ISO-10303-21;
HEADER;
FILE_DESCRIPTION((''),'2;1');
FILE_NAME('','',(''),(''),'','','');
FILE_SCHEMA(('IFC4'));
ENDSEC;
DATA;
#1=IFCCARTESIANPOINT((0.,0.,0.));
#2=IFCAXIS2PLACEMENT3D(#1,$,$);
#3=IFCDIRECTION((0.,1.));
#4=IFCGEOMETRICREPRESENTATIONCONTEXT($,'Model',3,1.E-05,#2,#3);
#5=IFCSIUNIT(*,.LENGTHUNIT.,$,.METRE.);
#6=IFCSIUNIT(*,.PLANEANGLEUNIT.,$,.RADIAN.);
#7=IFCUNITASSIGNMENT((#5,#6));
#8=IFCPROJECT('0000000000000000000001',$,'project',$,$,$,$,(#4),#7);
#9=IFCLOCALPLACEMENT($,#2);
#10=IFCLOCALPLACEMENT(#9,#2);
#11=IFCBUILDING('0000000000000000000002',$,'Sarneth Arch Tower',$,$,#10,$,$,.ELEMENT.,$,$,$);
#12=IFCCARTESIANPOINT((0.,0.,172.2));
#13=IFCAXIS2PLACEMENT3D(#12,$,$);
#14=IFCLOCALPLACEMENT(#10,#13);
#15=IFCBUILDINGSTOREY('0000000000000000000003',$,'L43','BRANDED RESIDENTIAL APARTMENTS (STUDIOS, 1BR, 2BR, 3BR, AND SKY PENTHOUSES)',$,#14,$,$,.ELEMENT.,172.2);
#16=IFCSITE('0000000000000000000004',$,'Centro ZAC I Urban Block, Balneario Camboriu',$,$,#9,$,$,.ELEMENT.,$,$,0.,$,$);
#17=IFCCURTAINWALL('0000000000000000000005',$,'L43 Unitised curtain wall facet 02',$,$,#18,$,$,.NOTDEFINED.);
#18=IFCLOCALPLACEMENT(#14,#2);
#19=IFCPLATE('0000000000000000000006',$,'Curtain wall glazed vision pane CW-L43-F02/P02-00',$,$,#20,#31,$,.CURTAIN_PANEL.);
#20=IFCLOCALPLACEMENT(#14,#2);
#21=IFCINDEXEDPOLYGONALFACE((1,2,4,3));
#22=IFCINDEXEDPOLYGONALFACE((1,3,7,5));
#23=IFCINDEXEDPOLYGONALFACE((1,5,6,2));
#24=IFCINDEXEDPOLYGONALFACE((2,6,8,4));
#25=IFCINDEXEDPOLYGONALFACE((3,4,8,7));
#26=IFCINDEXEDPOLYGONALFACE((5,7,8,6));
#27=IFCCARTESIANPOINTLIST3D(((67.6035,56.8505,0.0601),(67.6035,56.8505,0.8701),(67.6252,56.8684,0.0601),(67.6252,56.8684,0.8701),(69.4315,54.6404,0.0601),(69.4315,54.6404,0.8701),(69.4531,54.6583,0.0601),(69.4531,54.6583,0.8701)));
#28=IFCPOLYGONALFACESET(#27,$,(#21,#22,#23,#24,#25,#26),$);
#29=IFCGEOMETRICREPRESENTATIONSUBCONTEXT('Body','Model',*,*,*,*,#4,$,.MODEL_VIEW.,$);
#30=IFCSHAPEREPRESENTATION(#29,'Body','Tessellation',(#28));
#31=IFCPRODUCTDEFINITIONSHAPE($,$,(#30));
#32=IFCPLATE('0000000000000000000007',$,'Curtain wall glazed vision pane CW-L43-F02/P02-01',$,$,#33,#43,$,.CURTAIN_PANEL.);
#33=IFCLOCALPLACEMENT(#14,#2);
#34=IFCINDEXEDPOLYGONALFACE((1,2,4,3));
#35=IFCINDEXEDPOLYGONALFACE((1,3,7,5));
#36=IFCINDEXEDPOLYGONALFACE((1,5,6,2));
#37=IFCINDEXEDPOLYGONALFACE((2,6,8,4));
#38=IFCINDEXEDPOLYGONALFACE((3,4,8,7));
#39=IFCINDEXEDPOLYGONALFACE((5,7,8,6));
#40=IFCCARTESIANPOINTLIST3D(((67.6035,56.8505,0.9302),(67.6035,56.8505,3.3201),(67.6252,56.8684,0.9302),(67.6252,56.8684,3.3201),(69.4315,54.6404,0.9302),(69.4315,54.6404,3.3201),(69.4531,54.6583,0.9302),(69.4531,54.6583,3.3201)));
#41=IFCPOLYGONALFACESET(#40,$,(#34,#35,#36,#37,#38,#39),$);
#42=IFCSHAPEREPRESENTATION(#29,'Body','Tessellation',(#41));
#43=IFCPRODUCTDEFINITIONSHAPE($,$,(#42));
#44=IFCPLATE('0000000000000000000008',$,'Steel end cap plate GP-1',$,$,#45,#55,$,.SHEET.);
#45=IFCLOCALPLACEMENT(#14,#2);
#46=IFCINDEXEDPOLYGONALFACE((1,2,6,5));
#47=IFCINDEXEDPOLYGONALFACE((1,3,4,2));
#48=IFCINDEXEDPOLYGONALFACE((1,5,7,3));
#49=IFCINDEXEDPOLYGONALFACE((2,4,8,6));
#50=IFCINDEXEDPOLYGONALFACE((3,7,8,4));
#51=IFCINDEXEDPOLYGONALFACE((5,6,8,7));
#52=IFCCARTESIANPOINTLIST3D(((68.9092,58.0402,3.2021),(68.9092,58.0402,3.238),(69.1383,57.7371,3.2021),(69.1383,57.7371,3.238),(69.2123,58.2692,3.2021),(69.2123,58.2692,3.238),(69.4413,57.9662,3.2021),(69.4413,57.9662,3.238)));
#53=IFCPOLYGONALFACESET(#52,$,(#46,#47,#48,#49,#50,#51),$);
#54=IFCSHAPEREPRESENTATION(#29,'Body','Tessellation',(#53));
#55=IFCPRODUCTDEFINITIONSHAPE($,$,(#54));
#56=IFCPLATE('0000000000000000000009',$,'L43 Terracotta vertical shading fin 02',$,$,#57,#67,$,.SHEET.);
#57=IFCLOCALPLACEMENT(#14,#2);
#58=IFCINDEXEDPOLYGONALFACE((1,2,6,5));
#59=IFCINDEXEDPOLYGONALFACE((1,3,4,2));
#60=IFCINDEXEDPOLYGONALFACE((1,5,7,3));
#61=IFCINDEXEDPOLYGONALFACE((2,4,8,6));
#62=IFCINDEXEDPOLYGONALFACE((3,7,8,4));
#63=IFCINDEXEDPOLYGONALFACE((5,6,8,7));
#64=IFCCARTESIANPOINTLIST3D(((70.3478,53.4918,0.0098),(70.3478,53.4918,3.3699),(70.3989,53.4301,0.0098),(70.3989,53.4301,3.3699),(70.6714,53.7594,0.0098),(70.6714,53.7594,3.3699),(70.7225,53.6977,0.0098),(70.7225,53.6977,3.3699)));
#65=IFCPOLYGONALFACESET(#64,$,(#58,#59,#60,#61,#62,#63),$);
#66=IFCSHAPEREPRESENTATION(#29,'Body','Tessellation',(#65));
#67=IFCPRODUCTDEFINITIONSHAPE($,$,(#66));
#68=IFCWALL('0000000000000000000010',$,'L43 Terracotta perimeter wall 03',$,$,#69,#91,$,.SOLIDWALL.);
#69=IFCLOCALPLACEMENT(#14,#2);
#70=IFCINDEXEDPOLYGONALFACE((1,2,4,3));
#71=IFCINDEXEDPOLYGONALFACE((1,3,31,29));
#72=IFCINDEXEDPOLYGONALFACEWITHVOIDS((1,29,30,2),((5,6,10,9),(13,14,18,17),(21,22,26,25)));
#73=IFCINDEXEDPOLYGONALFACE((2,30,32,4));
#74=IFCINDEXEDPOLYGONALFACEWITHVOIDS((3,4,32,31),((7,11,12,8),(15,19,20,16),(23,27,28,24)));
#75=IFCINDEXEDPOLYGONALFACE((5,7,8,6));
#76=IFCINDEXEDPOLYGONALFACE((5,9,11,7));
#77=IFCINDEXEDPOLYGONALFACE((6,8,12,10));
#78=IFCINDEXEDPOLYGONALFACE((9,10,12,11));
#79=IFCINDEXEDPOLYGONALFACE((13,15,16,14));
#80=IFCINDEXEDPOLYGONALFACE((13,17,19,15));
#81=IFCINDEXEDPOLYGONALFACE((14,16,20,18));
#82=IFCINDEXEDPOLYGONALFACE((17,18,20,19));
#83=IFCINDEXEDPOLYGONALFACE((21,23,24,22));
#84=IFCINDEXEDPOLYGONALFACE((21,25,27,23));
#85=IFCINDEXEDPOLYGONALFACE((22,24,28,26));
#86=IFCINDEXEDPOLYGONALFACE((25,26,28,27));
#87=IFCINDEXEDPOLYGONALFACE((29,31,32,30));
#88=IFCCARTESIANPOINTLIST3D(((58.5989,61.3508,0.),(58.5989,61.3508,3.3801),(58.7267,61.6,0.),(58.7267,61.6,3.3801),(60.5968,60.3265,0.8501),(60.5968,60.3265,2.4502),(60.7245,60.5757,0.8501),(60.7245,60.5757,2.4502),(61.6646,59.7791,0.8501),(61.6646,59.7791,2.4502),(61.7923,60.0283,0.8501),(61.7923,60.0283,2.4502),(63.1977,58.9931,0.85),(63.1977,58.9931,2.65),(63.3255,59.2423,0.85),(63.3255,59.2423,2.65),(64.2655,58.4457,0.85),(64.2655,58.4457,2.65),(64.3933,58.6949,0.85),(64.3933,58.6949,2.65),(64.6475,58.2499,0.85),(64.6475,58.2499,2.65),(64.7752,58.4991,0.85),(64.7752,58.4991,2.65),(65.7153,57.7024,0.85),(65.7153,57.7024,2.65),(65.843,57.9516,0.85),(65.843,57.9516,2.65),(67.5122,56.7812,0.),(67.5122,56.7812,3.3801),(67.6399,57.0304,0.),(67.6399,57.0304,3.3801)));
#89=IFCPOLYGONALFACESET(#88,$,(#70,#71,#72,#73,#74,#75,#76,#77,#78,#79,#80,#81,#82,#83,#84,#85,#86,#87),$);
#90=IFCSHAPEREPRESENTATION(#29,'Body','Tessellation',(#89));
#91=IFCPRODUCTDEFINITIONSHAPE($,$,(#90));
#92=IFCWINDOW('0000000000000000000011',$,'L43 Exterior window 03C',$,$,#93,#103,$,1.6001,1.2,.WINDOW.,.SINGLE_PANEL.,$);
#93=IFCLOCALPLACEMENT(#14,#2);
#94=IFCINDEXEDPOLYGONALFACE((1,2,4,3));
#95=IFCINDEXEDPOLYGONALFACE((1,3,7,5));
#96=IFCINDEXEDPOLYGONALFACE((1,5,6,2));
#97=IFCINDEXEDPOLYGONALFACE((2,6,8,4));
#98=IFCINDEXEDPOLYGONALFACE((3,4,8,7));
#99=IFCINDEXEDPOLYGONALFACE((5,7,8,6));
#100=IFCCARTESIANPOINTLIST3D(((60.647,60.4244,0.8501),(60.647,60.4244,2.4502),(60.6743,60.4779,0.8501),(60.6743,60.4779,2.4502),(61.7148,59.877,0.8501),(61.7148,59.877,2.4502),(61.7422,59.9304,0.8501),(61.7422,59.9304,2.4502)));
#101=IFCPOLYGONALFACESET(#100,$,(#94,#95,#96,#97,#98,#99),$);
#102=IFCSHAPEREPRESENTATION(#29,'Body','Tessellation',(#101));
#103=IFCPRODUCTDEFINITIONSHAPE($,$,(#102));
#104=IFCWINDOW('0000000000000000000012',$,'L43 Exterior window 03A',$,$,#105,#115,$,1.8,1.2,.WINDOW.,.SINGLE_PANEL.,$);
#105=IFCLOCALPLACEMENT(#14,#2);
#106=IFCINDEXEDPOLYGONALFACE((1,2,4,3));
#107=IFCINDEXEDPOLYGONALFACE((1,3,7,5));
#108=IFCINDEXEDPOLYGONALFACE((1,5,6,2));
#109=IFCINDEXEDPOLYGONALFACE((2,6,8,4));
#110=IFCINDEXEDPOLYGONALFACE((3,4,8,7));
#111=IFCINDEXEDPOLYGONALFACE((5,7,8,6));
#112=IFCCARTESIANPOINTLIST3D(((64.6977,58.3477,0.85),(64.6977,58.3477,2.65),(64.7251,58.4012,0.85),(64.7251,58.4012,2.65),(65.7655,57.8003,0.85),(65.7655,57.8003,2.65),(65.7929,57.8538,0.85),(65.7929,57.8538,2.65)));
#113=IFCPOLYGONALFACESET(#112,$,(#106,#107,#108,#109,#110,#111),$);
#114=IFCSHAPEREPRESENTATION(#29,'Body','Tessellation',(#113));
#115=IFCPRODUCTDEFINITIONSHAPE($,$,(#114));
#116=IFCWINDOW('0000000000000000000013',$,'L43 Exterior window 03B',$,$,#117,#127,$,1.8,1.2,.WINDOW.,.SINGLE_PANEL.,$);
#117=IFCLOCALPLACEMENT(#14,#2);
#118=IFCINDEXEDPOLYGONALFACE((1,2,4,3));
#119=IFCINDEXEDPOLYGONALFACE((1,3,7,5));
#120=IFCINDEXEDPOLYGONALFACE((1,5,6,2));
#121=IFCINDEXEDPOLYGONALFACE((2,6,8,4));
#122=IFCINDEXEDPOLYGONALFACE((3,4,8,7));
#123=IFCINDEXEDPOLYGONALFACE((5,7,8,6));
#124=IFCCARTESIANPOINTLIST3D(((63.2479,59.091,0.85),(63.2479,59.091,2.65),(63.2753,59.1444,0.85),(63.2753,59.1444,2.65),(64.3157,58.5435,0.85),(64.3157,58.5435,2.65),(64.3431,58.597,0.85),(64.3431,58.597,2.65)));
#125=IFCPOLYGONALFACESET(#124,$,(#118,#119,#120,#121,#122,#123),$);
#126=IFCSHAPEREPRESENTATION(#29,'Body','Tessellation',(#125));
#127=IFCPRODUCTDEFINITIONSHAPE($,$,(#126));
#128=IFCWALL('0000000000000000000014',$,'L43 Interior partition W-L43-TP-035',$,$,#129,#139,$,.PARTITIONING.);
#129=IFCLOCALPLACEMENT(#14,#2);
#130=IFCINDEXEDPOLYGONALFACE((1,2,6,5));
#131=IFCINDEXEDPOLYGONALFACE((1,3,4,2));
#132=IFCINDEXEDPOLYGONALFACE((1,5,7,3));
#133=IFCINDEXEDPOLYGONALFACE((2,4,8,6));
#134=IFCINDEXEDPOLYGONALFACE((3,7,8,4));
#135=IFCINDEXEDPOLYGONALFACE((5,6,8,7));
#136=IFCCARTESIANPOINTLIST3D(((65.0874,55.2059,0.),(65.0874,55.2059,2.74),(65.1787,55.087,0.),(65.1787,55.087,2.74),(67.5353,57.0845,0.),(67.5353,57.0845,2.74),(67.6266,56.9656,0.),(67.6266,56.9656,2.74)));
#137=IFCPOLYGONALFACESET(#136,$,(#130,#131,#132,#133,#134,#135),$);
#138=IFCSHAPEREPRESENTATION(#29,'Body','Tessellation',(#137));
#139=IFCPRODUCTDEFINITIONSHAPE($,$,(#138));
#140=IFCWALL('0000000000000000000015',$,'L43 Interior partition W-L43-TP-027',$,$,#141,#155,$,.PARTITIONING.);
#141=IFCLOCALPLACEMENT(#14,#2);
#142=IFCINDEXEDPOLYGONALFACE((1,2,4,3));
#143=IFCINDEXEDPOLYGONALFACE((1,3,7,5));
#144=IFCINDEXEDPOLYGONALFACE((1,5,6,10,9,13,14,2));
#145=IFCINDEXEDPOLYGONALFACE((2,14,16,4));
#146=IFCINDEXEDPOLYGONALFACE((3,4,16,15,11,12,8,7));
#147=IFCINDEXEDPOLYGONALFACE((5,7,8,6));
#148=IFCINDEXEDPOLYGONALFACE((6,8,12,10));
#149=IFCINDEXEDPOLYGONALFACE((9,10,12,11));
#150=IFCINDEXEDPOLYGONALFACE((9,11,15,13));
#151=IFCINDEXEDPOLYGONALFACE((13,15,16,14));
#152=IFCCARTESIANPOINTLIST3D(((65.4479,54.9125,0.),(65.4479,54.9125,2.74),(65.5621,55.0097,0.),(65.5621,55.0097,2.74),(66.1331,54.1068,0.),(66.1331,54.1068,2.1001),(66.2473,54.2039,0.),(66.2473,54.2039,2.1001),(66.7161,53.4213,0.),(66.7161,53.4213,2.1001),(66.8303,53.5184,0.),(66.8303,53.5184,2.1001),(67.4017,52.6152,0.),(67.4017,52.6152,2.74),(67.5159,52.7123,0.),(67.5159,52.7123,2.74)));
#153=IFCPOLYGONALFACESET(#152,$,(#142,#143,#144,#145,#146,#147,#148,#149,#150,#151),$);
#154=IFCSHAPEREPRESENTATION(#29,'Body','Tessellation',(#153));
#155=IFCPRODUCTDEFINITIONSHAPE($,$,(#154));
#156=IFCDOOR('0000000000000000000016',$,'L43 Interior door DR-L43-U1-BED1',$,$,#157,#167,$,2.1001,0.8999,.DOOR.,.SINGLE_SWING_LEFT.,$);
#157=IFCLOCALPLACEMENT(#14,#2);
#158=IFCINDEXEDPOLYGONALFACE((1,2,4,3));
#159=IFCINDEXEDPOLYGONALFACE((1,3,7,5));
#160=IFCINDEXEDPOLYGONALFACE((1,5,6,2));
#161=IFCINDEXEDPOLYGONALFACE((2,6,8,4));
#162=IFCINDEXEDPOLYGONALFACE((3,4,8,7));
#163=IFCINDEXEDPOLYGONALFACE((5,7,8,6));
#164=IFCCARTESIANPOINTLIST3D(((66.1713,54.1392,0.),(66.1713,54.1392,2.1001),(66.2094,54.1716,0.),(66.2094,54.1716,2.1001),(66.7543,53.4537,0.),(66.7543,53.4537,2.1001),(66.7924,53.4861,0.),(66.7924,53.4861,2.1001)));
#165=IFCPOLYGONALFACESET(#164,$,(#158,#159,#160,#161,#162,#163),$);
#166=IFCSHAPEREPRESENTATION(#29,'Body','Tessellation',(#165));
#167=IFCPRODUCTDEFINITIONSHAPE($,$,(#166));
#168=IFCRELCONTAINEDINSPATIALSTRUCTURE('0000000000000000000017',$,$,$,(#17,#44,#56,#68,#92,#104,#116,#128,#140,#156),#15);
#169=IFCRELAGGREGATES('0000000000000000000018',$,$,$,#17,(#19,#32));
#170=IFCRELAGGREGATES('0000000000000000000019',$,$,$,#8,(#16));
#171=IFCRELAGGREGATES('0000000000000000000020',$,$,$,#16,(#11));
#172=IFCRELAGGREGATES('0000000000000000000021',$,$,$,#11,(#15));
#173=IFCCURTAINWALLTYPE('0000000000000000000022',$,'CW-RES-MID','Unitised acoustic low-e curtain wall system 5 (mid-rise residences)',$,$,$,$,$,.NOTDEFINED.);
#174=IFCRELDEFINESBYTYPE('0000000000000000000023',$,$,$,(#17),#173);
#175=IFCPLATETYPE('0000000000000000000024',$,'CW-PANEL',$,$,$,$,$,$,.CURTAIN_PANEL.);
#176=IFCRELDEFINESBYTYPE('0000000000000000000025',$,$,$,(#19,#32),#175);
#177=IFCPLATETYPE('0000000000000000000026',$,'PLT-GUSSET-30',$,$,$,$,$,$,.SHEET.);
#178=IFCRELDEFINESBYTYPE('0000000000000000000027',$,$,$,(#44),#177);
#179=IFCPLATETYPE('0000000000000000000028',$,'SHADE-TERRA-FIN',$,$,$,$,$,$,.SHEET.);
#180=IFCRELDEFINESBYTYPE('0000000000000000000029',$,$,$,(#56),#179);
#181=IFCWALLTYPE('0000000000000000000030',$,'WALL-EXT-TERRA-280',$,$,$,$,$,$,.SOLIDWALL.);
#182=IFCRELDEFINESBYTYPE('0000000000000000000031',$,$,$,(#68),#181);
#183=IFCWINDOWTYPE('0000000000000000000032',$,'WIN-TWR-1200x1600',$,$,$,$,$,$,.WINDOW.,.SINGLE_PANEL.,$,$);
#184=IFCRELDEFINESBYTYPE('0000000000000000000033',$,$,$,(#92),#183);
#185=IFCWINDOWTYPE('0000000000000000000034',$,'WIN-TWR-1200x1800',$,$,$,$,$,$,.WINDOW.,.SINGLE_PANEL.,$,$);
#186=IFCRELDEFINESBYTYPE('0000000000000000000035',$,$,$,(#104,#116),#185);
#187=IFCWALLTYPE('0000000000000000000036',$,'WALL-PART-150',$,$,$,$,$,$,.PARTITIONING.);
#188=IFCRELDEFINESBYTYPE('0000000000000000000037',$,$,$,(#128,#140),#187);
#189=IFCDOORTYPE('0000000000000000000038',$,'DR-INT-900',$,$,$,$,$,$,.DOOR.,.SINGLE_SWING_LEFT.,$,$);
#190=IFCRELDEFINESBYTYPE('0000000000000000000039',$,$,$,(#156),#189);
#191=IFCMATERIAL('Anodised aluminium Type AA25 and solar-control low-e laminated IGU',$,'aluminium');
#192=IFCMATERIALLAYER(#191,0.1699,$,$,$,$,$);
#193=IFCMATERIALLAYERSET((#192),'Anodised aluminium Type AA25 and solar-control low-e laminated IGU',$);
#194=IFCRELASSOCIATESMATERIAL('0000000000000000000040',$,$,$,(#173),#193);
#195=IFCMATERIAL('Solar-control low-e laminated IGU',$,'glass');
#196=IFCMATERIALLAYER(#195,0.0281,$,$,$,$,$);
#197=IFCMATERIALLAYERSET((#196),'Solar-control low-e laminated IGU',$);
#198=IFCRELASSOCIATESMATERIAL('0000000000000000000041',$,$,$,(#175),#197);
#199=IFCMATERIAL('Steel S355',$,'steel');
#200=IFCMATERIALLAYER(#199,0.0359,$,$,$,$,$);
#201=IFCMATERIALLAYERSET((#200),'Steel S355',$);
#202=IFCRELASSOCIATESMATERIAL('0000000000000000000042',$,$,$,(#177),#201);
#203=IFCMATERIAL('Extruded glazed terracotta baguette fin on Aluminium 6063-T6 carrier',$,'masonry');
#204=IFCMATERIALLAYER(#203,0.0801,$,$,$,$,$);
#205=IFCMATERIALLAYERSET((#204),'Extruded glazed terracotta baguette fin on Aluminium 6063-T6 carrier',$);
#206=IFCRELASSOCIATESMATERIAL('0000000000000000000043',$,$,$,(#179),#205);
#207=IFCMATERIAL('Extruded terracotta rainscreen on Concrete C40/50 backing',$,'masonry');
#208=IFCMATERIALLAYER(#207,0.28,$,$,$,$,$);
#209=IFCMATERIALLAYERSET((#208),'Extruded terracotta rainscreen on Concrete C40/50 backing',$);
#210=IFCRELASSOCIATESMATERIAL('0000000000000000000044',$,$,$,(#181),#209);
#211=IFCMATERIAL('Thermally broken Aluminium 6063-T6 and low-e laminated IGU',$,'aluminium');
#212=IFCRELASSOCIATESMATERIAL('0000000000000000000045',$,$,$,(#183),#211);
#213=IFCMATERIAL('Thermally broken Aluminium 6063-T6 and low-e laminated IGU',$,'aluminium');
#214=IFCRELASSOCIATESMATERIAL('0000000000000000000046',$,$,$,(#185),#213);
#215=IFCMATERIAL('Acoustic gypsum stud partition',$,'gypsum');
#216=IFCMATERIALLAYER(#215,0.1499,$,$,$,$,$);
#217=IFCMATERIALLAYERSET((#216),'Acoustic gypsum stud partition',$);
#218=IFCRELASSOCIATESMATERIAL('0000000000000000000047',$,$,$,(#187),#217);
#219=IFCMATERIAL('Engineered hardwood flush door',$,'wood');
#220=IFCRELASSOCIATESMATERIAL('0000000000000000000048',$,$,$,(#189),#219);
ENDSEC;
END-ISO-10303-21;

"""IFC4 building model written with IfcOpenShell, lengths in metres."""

from ifc_helpers import new_model, si_unit, direction, frame, frame_2d, origin, origin_2d, place, context, subcontext, project, spatial, rectangle, extrude, material, layer, layer_set, type_object, element, fill, aggregate, save


model = new_model("IFC4")

# Units and contexts
model_context = context("Model", 3, precision=1e-05, world=origin(), true_north=direction((0.0, 1.0)))
body_context = subcontext(model_context, "Body", "Model", "MODEL_VIEW")
ifc_project = project(units=[si_unit("LENGTHUNIT", "METRE"), si_unit("PLANEANGLEUNIT", "RADIAN")], contexts=[model_context])

# Site, building, storey
site_placement = place(None, origin())
site = spatial("IfcSite", under=ifc_project, at=site_placement, Name="Centro ZAC I Urban Block, Balneario Camboriu", CompositionType="ELEMENT", RefElevation=0.0)
building_placement = place(site_placement, origin())
building = spatial("IfcBuilding", under=site, at=building_placement, Name="Sarneth Arch Tower", CompositionType="ELEMENT")
storey_placement = place(building_placement, frame((0.0, 0.0, 172.2)))
storey = spatial("IfcBuildingStorey", under=building, at=storey_placement, Name="L43", Description="BRANDED RESIDENTIAL APARTMENTS (STUDIOS, 1BR, 2BR, 3BR, AND SKY PENTHOUSES)", CompositionType="ELEMENT", Elevation=172.2)

# Curtain wall
ifc_material_1 = material(Name="Anodised aluminium Type AA25 and solar-control low-e laminated IGU", Category="aluminium")
ifc_layer_1 = layer(ifc_material_1, 0.1699)
ifc_layer_set_1 = layer_set([ifc_layer_1], Name="Anodised aluminium Type AA25 and solar-control low-e laminated IGU")
curtain_wall_type = type_object("IfcCurtainWallType", Name="CW-RES-MID", Description="Unitised acoustic low-e curtain wall system 5 (mid-rise residences)", PredefinedType="NOTDEFINED", material=ifc_layer_set_1)
curtain_wall_placement = place(storey_placement, origin())
curtain_wall = element("IfcCurtainWall", 1, at=curtain_wall_placement, inside=storey, type_object=curtain_wall_type, Name="L43 Unitised curtain wall facet 02", PredefinedType="NOTDEFINED")

# Plates
ifc_material_2 = material(Name="Solar-control low-e laminated IGU", Category="glass")
ifc_layer_2 = layer(ifc_material_2, 0.0281)
ifc_layer_set_2 = layer_set([ifc_layer_2], Name="Solar-control low-e laminated IGU")
plate_type_1 = type_object("IfcPlateType", Name="CW-PANEL", PredefinedType="CURTAIN_PANEL", material=ifc_layer_set_2)
plate_1_placement = place(storey_placement, frame((68.5283, 55.7544, 0.0601), z_axis=(0.0, 0.0, 1.0), x_axis=(-0.63733, 0.770591, 0.0)))
plate_1 = element("IfcPlate", 2, at=plate_1_placement, type_object=plate_type_1, Name="Curtain wall glazed vision pane CW-L43-F02/P02-00", PredefinedType="CURTAIN_PANEL", context=body_context, shape_type="SweptSolid", body=[
    extrude(rectangle(XDim=2.8682, YDim=0.0281, at=origin_2d()), origin(), (0.0, 0.0, 1.0), 0.8101),
])
plate_2_placement = place(storey_placement, frame((68.5283, 55.7544, 0.9302), z_axis=(0.0, 0.0, 1.0), x_axis=(-0.63733, 0.770591, 0.0)))
plate_2 = element("IfcPlate", 3, at=plate_2_placement, type_object=plate_type_1, Name="Curtain wall glazed vision pane CW-L43-F02/P02-01", PredefinedType="CURTAIN_PANEL", context=body_context, shape_type="SweptSolid", body=[
    extrude(rectangle(XDim=2.8682, YDim=0.0281, at=origin_2d()), origin(), (0.0, 0.0, 1.0), 2.3899),
])
aggregate(curtain_wall, [plate_1, plate_2])

# Plates
ifc_material_3 = material(Name="Steel S355", Category="steel")
ifc_layer_3 = layer(ifc_material_3, 0.0359)
ifc_layer_set_3 = layer_set([ifc_layer_3], Name="Steel S355")
plate_type_2 = type_object("IfcPlateType", Name="PLT-GUSSET-30", PredefinedType="SHEET", material=ifc_layer_set_3)
plate_3_placement = place(storey_placement, frame((69.1753, 58.0032, 3.2021), z_axis=(0.0, 0.0, 1.0), x_axis=(0.797794, 0.60293, 0.0)))
element("IfcPlate", 4, at=plate_3_placement, inside=storey, type_object=plate_type_2, Name="Steel end cap plate GP-1", PredefinedType="SHEET", context=body_context, shape_type="SweptSolid", body=[
    extrude(rectangle(XDim=0.3799, YDim=0.3799, at=origin_2d()), origin(), (0.0, 0.0, 1.0), 0.0359),
])
ifc_material_4 = material(Name="Extruded glazed terracotta baguette fin on Aluminium 6063-T6 carrier", Category="masonry")
ifc_layer_4 = layer(ifc_material_4, 0.0801)
ifc_layer_set_4 = layer_set([ifc_layer_4], Name="Extruded glazed terracotta baguette fin on Aluminium 6063-T6 carrier")
plate_type_3 = type_object("IfcPlateType", Name="SHADE-TERRA-FIN", PredefinedType="SHEET", material=ifc_layer_set_4)
plate_4_placement = place(storey_placement, frame((70.5352, 53.5947, 0.0098), z_axis=(0.0, 0.0, 1.0), x_axis=(0.770624, 0.63729, 0.0)))
element("IfcPlate", 5, at=plate_4_placement, inside=storey, type_object=plate_type_3, Name="L43 Terracotta vertical shading fin 02", PredefinedType="SHEET", context=body_context, shape_type="SweptSolid", body=[
    extrude(rectangle(XDim=0.4199, YDim=0.0801, at=origin_2d()), origin(), (0.0, 0.0, 1.0), 3.3601),
])

# Wall, openings, windows
ifc_material_5 = material(Name="Extruded terracotta rainscreen on Concrete C40/50 backing", Category="masonry")
ifc_layer_5 = layer(ifc_material_5, 0.28)
ifc_layer_set_5 = layer_set([ifc_layer_5], Name="Extruded terracotta rainscreen on Concrete C40/50 backing")
wall_type_1 = type_object("IfcWallType", Name="WALL-EXT-TERRA-280", PredefinedType="SOLIDWALL", material=ifc_layer_set_5)
wall_1_placement = place(storey_placement, frame((67.5762, 56.9058, 0.0), z_axis=(0.0, 0.0, 1.0), x_axis=(-0.889873, 0.456209, 0.0)))
wall_1 = element("IfcWall", 6, at=wall_1_placement, inside=storey, type_object=wall_type_1, Name="L43 Terracotta perimeter wall 03", PredefinedType="SOLIDWALL", context=body_context, shape_type="SweptSolid", body=[
    extrude(rectangle(XDim=10.0164, YDim=0.28, at=frame_2d((5.0083, 0.0))), origin(), (0.0, 0.0, 1.0), 3.3801),
])
opening_1_placement = place(wall_1_placement, frame((2.0193, 0.0, 0.8501)))
opening_1 = element("IfcOpeningElement", 7, at=opening_1_placement, cuts=wall_1, PredefinedType="OPENING", context=body_context, shape_type="SweptSolid", body=[
    extrude(rectangle(XDim=1.2, YDim=1.8, at=frame_2d((0.6001, 0.8999))), frame((0.0, 0.1499, 0.0), z_axis=(0.0, -1.0, 0.0), x_axis=(1.0, 0.0, 0.0)), (0.0, 0.0, 1.0), 0.3),
])
opening_2_placement = place(wall_1_placement, frame((3.6484, 0.0, 0.8501)))
opening_2 = element("IfcOpeningElement", 8, at=opening_2_placement, cuts=wall_1, PredefinedType="OPENING", context=body_context, shape_type="SweptSolid", body=[
    extrude(rectangle(XDim=1.2, YDim=1.8, at=frame_2d((0.6001, 0.8999))), frame((0.0, 0.1499, 0.0), z_axis=(0.0, -1.0, 0.0), x_axis=(1.0, 0.0, 0.0)), (0.0, 0.0, 1.0), 0.3),
])
opening_3_placement = place(wall_1_placement, frame((6.5713, 0.0, 0.8501)))
opening_3 = element("IfcOpeningElement", 9, at=opening_3_placement, cuts=wall_1, PredefinedType="OPENING", context=body_context, shape_type="SweptSolid", body=[
    extrude(rectangle(XDim=1.2, YDim=1.6001, at=frame_2d((0.6001, 0.8))), frame((0.0, 0.1499, 0.0), z_axis=(0.0, -1.0, 0.0), x_axis=(1.0, 0.0, 0.0)), (0.0, 0.0, 1.0), 0.3),
])
ifc_material_6 = material(Name="Thermally broken Aluminium 6063-T6 and low-e laminated IGU", Category="aluminium")
window_type_1 = type_object("IfcWindowType", Name="WIN-TWR-1200x1600", PartitioningType="SINGLE_PANEL", PredefinedType="WINDOW", material=ifc_material_6)
window_1_placement = place(opening_3_placement, origin())
window_1 = element("IfcWindow", 10, at=window_1_placement, inside=storey, type_object=window_type_1, Name="L43 Exterior window 03C", OverallHeight=1.6001, OverallWidth=1.2, PartitioningType="SINGLE_PANEL", PredefinedType="WINDOW", context=body_context, shape_type="SweptSolid", body=[
    extrude(rectangle(XDim=1.2, YDim=1.6001, at=frame_2d((0.6001, 0.8))), frame((0.0, 0.03, 0.0), z_axis=(0.0, -1.0, 0.0), x_axis=(1.0, 0.0, 0.0)), (0.0, 0.0, 1.0), 0.0601),
])
fill(opening_3, window_1)
ifc_material_7 = material(Name="Thermally broken Aluminium 6063-T6 and low-e laminated IGU", Category="aluminium")
window_type_2 = type_object("IfcWindowType", Name="WIN-TWR-1200x1800", PartitioningType="SINGLE_PANEL", PredefinedType="WINDOW", material=ifc_material_7)
window_2_placement = place(opening_1_placement, origin())
window_2 = element("IfcWindow", 11, at=window_2_placement, inside=storey, type_object=window_type_2, Name="L43 Exterior window 03A", OverallHeight=1.8, OverallWidth=1.2, PartitioningType="SINGLE_PANEL", PredefinedType="WINDOW", context=body_context, shape_type="SweptSolid", body=[
    extrude(rectangle(XDim=1.2, YDim=1.8, at=frame_2d((0.6001, 0.8999))), frame((0.0, 0.03, 0.0), z_axis=(0.0, -1.0, 0.0), x_axis=(1.0, 0.0, 0.0)), (0.0, 0.0, 1.0), 0.0601),
])
fill(opening_1, window_2)
window_3_placement = place(opening_2_placement, origin())
window_3 = element("IfcWindow", 12, at=window_3_placement, inside=storey, type_object=window_type_2, Name="L43 Exterior window 03B", OverallHeight=1.8, OverallWidth=1.2, PartitioningType="SINGLE_PANEL", PredefinedType="WINDOW", context=body_context, shape_type="SweptSolid", body=[
    extrude(rectangle(XDim=1.2, YDim=1.8, at=frame_2d((0.6001, 0.8999))), frame((0.0, 0.03, 0.0), z_axis=(0.0, -1.0, 0.0), x_axis=(1.0, 0.0, 0.0)), (0.0, 0.0, 1.0), 0.0601),
])
fill(opening_2, window_3)

# Wall
ifc_material_8 = material(Name="Acoustic gypsum stud partition", Category="gypsum")
ifc_layer_6 = layer(ifc_material_8, 0.1499)
ifc_layer_set_6 = layer_set([ifc_layer_6], Name="Acoustic gypsum stud partition")
wall_type_2 = type_object("IfcWallType", Name="WALL-PART-150", PredefinedType="PARTITIONING", material=ifc_layer_set_6)
wall_2_placement = place(storey_placement, frame((67.5811, 57.0251, 0.0), z_axis=(0.0, 0.0, 1.0), x_axis=(-0.793315, -0.608812, 0.0)))
element("IfcWall", 13, at=wall_2_placement, inside=storey, type_object=wall_type_2, Name="L43 Interior partition W-L43-TP-035", PredefinedType="PARTITIONING", context=body_context, shape_type="SweptSolid", body=[
    extrude(rectangle(XDim=3.0857, YDim=0.1499, at=frame_2d((1.543, 0.0))), origin(), (0.0, 0.0, 1.0), 2.74),
])

# Wall, opening, door
wall_3_placement = place(storey_placement, frame((67.4587, 52.6638, 0.0), z_axis=(0.0, 0.0, 1.0), x_axis=(-0.64786, 0.76176, 0.0)))
wall_3 = element("IfcWall", 14, at=wall_3_placement, inside=storey, type_object=wall_type_2, Name="L43 Interior partition W-L43-TP-027", PredefinedType="PARTITIONING", context=body_context, shape_type="SweptSolid", body=[
    extrude(rectangle(XDim=3.0159, YDim=0.1499, at=frame_2d((1.5078, 0.0))), origin(), (0.0, 0.0, 1.0), 2.74),
])
opening_4_placement = place(wall_3_placement, frame((1.0581, 0.0, 0.0)))
opening_4 = element("IfcOpeningElement", 15, at=opening_4_placement, cuts=wall_3, PredefinedType="OPENING", context=body_context, shape_type="SweptSolid", body=[
    extrude(rectangle(XDim=0.8999, YDim=2.1001, at=frame_2d((0.45, 1.05))), frame((0.0, 0.085, 0.0), z_axis=(0.0, -1.0, 0.0), x_axis=(1.0, 0.0, 0.0)), (0.0, 0.0, 1.0), 0.1699),
])
ifc_material_9 = material(Name="Engineered hardwood flush door", Category="wood")
door_type = type_object("IfcDoorType", Name="DR-INT-900", OperationType="SINGLE_SWING_LEFT", PredefinedType="DOOR", material=ifc_material_9)
door_placement = place(opening_4_placement, origin())
door = element("IfcDoor", 16, at=door_placement, inside=storey, type_object=door_type, Name="L43 Interior door DR-L43-U1-BED1", OperationType="SINGLE_SWING_LEFT", OverallHeight=2.1001, OverallWidth=0.8999, PredefinedType="DOOR", context=body_context, shape_type="SweptSolid", body=[
    extrude(rectangle(XDim=0.8999, YDim=2.1001, at=frame_2d((0.45, 1.05))), frame((0.0, 0.0249, 0.0), z_axis=(0.0, -1.0, 0.0), x_axis=(1.0, 0.0, 0.0)), (0.0, 0.0, 1.0), 0.05),
])
fill(opening_4, door)

save(model, "model.ifc")
